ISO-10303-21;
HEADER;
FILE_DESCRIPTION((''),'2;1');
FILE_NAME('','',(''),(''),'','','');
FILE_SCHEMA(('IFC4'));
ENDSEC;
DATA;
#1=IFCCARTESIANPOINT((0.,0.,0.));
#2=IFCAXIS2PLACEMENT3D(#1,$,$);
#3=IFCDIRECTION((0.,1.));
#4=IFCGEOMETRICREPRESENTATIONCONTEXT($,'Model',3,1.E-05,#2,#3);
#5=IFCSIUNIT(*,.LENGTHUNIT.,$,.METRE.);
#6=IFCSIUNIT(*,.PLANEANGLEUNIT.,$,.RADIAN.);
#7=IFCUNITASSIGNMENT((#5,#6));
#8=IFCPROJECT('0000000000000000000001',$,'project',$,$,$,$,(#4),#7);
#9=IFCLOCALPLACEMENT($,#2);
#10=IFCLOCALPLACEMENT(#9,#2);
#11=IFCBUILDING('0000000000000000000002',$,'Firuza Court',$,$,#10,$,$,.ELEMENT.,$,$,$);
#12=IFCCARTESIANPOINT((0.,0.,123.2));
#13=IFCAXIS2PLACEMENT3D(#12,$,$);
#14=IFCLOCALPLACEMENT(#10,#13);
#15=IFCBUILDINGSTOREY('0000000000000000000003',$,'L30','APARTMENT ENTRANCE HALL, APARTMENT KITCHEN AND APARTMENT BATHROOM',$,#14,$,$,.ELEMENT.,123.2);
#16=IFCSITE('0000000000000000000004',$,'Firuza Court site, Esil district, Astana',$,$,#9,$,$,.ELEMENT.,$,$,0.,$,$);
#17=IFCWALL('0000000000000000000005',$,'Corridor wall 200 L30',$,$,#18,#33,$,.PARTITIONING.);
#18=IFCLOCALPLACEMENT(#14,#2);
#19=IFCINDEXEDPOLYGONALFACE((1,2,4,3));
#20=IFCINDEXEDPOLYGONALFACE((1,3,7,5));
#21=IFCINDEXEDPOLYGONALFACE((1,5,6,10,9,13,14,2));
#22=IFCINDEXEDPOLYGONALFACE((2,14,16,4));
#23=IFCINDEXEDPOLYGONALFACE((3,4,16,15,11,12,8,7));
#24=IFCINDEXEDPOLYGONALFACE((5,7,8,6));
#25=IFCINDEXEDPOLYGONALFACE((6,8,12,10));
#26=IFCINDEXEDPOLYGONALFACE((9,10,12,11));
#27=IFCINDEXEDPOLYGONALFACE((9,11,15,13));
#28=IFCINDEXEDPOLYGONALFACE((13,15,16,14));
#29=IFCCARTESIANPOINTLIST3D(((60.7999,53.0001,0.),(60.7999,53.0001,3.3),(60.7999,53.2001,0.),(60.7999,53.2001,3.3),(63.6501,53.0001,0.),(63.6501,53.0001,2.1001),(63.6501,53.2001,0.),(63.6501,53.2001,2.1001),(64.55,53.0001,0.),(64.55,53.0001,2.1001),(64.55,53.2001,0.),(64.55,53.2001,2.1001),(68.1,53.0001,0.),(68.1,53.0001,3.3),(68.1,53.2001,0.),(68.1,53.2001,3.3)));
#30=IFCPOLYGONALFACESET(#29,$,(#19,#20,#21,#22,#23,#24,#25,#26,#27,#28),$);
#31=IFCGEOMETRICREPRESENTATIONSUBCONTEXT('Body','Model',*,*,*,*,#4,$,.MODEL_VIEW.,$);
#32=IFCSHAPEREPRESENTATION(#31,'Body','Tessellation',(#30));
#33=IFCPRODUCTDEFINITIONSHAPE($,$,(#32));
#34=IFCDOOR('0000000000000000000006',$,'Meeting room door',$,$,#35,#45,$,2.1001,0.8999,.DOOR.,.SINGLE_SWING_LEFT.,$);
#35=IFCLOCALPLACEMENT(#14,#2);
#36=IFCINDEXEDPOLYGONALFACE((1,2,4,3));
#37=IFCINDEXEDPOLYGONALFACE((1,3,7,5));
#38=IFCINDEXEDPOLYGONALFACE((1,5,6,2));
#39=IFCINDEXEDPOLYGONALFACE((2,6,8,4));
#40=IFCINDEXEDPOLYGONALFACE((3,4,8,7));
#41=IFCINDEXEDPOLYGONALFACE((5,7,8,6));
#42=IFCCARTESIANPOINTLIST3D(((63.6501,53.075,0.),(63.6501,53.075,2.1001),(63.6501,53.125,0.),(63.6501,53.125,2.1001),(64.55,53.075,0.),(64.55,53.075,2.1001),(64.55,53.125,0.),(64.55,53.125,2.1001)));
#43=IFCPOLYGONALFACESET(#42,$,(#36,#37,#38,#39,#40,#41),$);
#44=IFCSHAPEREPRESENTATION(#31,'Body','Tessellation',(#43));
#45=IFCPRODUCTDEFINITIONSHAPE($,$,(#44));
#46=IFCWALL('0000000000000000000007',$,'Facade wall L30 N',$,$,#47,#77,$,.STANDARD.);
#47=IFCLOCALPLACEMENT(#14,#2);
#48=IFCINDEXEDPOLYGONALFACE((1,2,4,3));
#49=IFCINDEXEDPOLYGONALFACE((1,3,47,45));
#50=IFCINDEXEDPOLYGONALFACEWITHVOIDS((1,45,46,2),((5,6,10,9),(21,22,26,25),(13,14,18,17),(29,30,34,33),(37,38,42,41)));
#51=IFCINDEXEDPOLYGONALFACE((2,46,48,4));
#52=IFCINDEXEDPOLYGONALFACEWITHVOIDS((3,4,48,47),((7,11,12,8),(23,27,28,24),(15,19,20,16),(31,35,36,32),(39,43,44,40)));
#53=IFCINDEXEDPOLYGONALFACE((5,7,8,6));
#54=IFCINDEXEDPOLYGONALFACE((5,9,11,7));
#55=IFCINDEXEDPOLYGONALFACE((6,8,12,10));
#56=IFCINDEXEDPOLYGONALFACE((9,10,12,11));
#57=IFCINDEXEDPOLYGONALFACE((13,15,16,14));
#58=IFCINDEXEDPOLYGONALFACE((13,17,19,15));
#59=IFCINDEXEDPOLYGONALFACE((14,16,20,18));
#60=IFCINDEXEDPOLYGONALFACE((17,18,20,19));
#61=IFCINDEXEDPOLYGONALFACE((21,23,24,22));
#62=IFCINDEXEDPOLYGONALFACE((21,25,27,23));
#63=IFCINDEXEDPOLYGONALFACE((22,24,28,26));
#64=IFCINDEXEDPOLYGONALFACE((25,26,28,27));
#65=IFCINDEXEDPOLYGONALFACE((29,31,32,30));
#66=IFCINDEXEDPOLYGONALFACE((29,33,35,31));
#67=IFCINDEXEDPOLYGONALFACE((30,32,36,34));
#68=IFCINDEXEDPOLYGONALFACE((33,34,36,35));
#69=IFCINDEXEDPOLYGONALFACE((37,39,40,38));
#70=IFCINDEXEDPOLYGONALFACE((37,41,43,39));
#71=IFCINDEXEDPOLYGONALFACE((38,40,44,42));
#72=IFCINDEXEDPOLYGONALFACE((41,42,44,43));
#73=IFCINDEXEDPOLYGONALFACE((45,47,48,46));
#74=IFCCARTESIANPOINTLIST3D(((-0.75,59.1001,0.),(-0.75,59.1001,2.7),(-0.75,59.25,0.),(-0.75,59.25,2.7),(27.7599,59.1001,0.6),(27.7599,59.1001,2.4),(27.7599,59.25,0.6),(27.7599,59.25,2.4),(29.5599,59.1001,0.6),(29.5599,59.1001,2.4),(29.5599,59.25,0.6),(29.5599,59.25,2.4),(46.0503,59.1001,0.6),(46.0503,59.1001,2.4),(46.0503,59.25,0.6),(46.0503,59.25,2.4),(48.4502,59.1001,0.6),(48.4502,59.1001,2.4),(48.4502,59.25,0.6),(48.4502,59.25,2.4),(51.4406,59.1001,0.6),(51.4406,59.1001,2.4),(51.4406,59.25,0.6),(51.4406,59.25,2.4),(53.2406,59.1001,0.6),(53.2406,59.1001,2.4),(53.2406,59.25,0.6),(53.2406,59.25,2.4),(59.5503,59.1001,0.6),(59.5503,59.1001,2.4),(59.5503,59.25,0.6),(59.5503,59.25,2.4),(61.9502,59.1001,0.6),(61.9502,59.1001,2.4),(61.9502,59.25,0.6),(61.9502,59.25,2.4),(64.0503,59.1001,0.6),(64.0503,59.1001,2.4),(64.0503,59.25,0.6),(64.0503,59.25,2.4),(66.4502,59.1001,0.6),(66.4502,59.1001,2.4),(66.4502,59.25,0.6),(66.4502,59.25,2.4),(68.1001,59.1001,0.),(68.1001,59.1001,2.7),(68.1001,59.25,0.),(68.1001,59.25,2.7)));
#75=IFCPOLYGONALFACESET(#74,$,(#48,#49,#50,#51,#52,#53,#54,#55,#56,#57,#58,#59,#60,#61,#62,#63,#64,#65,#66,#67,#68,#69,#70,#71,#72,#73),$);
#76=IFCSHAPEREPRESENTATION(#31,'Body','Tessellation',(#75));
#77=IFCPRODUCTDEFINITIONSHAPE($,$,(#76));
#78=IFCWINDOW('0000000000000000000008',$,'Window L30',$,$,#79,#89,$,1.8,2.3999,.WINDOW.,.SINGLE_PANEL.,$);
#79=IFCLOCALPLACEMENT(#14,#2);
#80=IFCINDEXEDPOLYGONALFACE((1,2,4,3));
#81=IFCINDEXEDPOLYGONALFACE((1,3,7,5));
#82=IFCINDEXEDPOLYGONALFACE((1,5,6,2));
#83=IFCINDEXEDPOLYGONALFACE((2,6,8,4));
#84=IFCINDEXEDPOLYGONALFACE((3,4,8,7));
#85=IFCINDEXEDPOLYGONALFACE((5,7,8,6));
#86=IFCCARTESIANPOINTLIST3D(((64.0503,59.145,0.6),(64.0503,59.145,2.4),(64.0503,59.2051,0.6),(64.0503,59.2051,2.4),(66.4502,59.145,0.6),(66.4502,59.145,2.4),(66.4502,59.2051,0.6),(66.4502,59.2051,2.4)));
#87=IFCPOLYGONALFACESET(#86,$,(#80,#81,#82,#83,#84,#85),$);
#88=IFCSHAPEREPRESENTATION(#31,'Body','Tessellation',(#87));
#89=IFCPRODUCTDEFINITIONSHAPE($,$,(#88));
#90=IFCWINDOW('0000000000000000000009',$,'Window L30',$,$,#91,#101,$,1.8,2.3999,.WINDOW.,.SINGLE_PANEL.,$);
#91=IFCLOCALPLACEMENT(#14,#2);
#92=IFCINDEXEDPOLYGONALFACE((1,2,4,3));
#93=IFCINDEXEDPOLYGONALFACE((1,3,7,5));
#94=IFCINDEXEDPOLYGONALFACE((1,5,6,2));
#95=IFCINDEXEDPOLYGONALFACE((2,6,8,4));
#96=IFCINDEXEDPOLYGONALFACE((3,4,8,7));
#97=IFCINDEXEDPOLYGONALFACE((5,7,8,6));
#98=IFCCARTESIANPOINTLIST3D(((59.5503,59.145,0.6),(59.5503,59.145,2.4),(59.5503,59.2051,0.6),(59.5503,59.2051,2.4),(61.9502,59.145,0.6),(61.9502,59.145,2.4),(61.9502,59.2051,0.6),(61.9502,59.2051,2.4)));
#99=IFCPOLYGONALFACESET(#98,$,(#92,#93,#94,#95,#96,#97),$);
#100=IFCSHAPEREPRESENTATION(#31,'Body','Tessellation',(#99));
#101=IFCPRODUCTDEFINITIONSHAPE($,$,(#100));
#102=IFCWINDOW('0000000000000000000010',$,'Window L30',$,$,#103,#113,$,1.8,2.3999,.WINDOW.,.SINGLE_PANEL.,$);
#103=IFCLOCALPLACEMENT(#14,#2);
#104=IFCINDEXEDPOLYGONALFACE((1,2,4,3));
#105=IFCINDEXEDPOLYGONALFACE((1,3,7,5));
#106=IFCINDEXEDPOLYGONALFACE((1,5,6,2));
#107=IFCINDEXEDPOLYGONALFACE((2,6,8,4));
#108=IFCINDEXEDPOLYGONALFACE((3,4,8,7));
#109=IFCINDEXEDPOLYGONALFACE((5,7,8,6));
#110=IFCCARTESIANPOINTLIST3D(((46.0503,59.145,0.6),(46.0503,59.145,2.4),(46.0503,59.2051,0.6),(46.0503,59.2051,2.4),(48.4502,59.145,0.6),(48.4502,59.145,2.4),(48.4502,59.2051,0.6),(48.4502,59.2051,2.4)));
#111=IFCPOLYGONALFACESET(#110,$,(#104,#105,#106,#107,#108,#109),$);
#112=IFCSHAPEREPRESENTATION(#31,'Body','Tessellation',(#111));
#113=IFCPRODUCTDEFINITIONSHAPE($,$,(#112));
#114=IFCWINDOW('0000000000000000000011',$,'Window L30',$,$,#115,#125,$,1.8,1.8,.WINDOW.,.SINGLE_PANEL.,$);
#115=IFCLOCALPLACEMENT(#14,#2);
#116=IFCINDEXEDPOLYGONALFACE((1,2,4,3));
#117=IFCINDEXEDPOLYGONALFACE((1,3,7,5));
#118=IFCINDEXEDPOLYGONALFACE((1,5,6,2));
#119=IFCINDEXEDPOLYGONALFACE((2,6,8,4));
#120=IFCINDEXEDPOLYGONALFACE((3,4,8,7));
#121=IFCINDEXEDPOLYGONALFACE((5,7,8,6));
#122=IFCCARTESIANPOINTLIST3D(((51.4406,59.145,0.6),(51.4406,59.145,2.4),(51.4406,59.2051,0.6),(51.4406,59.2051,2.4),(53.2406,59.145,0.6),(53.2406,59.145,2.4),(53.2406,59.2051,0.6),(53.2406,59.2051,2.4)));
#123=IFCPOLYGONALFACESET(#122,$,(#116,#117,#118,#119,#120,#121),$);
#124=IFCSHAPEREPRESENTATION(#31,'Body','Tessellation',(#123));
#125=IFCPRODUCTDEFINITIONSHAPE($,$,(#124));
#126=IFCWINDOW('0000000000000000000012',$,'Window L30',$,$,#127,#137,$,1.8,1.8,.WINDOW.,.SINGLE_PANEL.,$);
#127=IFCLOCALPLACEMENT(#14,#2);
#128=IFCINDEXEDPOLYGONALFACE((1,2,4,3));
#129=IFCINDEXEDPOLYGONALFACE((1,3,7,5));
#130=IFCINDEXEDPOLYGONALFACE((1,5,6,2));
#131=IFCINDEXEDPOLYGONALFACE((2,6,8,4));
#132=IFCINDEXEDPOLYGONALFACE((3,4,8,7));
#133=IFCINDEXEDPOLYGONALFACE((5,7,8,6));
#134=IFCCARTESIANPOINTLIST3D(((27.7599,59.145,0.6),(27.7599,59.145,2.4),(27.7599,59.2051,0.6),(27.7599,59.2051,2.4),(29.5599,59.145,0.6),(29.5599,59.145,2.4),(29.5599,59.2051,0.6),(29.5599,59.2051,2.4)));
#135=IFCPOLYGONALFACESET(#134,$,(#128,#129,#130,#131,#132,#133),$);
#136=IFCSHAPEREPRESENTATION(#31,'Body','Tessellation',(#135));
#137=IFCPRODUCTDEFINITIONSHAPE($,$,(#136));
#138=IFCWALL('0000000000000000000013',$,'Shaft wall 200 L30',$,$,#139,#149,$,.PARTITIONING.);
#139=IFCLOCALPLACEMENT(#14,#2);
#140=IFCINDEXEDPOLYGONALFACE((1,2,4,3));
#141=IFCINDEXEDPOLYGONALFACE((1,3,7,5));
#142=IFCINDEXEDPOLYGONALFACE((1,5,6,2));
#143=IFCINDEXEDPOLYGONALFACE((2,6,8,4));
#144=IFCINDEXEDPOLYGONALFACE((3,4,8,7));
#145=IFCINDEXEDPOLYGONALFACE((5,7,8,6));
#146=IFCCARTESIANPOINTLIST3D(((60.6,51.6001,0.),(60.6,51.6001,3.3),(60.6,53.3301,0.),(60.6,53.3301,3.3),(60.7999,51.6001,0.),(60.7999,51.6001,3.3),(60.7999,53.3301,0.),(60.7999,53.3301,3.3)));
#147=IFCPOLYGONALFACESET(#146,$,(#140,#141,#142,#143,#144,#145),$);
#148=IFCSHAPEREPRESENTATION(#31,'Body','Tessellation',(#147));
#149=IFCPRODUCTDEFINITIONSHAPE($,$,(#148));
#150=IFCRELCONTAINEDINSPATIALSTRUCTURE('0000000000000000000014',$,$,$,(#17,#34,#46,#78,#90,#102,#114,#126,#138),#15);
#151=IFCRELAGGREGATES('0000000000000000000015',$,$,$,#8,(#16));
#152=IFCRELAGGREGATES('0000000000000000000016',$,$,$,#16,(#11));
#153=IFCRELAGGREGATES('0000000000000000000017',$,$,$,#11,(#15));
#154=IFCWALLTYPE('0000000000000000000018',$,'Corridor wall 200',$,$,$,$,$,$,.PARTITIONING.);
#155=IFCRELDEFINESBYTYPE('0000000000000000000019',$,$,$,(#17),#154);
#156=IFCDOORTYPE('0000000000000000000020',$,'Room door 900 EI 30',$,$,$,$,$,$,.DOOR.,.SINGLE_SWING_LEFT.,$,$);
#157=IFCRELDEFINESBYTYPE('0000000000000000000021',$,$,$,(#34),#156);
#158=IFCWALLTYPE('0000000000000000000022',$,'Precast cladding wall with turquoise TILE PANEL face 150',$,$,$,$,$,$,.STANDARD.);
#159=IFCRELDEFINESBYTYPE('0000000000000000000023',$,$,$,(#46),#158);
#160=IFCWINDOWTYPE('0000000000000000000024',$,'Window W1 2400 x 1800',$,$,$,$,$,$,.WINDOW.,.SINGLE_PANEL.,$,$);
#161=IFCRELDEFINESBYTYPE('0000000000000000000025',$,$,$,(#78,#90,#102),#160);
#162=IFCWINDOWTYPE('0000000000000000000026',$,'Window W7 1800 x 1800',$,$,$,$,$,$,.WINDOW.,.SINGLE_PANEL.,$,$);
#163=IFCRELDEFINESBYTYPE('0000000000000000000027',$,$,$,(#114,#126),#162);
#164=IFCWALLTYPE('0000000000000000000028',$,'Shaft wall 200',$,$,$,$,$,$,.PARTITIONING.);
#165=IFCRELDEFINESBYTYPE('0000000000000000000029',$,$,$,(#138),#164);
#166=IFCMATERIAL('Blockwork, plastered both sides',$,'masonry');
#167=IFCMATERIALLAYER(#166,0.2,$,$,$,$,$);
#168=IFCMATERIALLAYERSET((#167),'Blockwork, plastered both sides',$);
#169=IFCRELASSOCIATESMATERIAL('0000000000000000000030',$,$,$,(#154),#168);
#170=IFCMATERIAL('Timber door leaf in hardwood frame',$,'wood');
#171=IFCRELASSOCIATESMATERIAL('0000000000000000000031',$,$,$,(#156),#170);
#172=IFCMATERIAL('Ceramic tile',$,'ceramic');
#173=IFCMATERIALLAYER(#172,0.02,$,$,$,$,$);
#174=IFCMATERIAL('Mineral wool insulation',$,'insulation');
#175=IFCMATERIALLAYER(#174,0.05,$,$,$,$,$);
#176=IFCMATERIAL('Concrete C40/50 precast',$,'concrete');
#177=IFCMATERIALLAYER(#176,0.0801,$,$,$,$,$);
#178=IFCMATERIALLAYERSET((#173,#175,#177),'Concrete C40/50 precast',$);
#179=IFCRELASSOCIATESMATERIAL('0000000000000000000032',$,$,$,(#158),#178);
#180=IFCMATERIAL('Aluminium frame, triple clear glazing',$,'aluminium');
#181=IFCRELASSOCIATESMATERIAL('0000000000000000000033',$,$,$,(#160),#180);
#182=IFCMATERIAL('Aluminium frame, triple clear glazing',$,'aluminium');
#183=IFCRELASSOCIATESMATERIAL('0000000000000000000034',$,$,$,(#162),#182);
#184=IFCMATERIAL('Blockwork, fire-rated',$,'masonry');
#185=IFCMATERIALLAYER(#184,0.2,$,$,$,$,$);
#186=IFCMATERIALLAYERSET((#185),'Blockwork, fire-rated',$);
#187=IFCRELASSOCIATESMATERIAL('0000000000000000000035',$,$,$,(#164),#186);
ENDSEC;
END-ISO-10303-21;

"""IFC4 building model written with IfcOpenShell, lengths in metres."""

from ifc_helpers import new_model, si_unit, direction, frame, frame_2d, origin, place, context, subcontext, project, spatial, rectangle, extrude, material, layer, layer_set, type_object, element, fill, save


model = new_model("IFC4")

# Units and contexts
model_context = context("Model", 3, precision=1e-05, world=origin(), true_north=direction((0.0, 1.0)))
body_context = subcontext(model_context, "Body", "Model", "MODEL_VIEW")
ifc_project = project(units=[si_unit("LENGTHUNIT", "METRE"), si_unit("PLANEANGLEUNIT", "RADIAN")], contexts=[model_context])

# Site, building, storey
site_placement = place(None, origin())
site = spatial("IfcSite", under=ifc_project, at=site_placement, Name="Firuza Court site, Esil district, Astana", CompositionType="ELEMENT", RefElevation=0.0)
building_placement = place(site_placement, origin())
building = spatial("IfcBuilding", under=site, at=building_placement, Name="Firuza Court", CompositionType="ELEMENT")
storey_placement = place(building_placement, frame((0.0, 0.0, 123.2)))
storey = spatial("IfcBuildingStorey", under=building, at=storey_placement, Name="L30", Description="APARTMENT ENTRANCE HALL, APARTMENT KITCHEN AND APARTMENT BATHROOM", CompositionType="ELEMENT", Elevation=123.2)

# Wall, opening, door
ifc_material_1 = material(Name="Blockwork, plastered both sides", Category="masonry")
ifc_layer_1 = layer(ifc_material_1, 0.2)
ifc_layer_set_1 = layer_set([ifc_layer_1], Name="Blockwork, plastered both sides")
wall_type_1 = type_object("IfcWallType", Name="Corridor wall 200", PredefinedType="PARTITIONING", material=ifc_layer_set_1)
wall_1_placement = place(storey_placement, frame((60.8, 53.1001, 0.0), z_axis=(0.0, 0.0, 1.0), x_axis=(1.0, 0.0, 0.0)))
wall_1 = element("IfcWall", 1, at=wall_1_placement, inside=storey, type_object=wall_type_1, Name="Corridor wall 200 L30", PredefinedType="PARTITIONING", context=body_context, shape_type="SweptSolid", body=[
    extrude(rectangle(XDim=7.3, YDim=0.2, at=frame_2d((3.6499, 0.0))), origin(), (0.0, 0.0, 1.0), 3.3),
])
opening_1_placement = place(wall_1_placement, frame((2.8501, 0.0, 0.0)))
opening_1 = element("IfcOpeningElement", 2, at=opening_1_placement, cuts=wall_1, PredefinedType="OPENING", context=body_context, shape_type="SweptSolid", body=[
    extrude(rectangle(XDim=0.8999, YDim=2.1001, at=frame_2d((0.45, 1.05))), frame((0.0, 0.1118, 0.0), z_axis=(0.0, -1.0, 0.0), x_axis=(1.0, 0.0, 0.0)), (0.0, 0.0, 1.0), 0.2239),
])
ifc_material_2 = material(Name="Timber door leaf in hardwood frame", Category="wood")
door_type_1 = type_object("IfcDoorType", Name="Room door 900 EI 30", OperationType="SINGLE_SWING_LEFT", PredefinedType="DOOR", material=ifc_material_2)
door_1_placement = place(opening_1_placement, origin())
door_1 = element("IfcDoor", 3, at=door_1_placement, inside=storey, type_object=door_type_1, Name="Meeting room door", OperationType="SINGLE_SWING_LEFT", OverallHeight=2.1001, OverallWidth=0.8999, PredefinedType="DOOR", context=body_context, shape_type="SweptSolid", body=[
    extrude(rectangle(XDim=0.8999, YDim=2.1001, at=frame_2d((0.45, 1.05))), frame((0.0, 0.0249, 0.0), z_axis=(0.0, -1.0, 0.0), x_axis=(1.0, 0.0, 0.0)), (0.0, 0.0, 1.0), 0.05),
])
fill(opening_1, door_1)

# Wall, openings, windows
ifc_material_3 = material(Name="Ceramic tile", Category="ceramic")
ifc_layer_2 = layer(ifc_material_3, 0.02)
ifc_material_4 = material(Name="Mineral wool insulation", Category="insulation")
ifc_layer_3 = layer(ifc_material_4, 0.05)
ifc_material_5 = material(Name="Concrete C40/50 precast", Category="concrete")
ifc_layer_4 = layer(ifc_material_5, 0.0801)
ifc_layer_set_2 = layer_set([ifc_layer_2, ifc_layer_3, ifc_layer_4], Name="Concrete C40/50 precast")
wall_type_2 = type_object("IfcWallType", Name="Precast cladding wall with turquoise TILE PANEL face 150", PredefinedType="STANDARD", material=ifc_layer_set_2)
wall_2_placement = place(storey_placement, frame((68.1001, 59.175, 0.0), z_axis=(0.0, 0.0, 1.0), x_axis=(-1.0, 0.0, 0.0)))
wall_2 = element("IfcWall", 4, at=wall_2_placement, inside=storey, type_object=wall_type_2, Name="Facade wall L30 N", PredefinedType="STANDARD", context=body_context, shape_type="SweptSolid", body=[
    extrude(rectangle(XDim=68.8501, YDim=0.1499, at=frame_2d((34.425, 0.0))), origin(), (0.0, 0.0, 1.0), 2.7),
])
opening_2_placement = place(wall_2_placement, frame((1.6499, 0.0, 0.6001)))
opening_2 = element("IfcOpeningElement", 5, at=opening_2_placement, cuts=wall_2, PredefinedType="OPENING", context=body_context, shape_type="SweptSolid", body=[
    extrude(rectangle(XDim=2.3999, YDim=1.8, at=frame_2d((1.2, 0.8999))), frame((0.0, 0.0869, 0.0), z_axis=(0.0, -1.0, 0.0), x_axis=(1.0, 0.0, 0.0)), (0.0, 0.0, 1.0), 0.1738),
])
opening_3_placement = place(wall_2_placement, frame((6.1499, 0.0, 0.6001)))
opening_3 = element("IfcOpeningElement", 6, at=opening_3_placement, cuts=wall_2, PredefinedType="OPENING", context=body_context, shape_type="SweptSolid", body=[
    extrude(rectangle(XDim=2.3999, YDim=1.8, at=frame_2d((1.2, 0.8999))), frame((0.0, 0.0869, 0.0), z_axis=(0.0, -1.0, 0.0), x_axis=(1.0, 0.0, 0.0)), (0.0, 0.0, 1.0), 0.1738),
])
opening_4_placement = place(wall_2_placement, frame((14.8596, 0.0, 0.6001)))
opening_4 = element("IfcOpeningElement", 7, at=opening_4_placement, cuts=wall_2, PredefinedType="OPENING", context=body_context, shape_type="SweptSolid", body=[
    extrude(rectangle(XDim=1.8, YDim=1.8, at=frame_2d((0.8999, 0.8999))), frame((0.0, 0.0869, 0.0), z_axis=(0.0, -1.0, 0.0), x_axis=(1.0, 0.0, 0.0)), (0.0, 0.0, 1.0), 0.1738),
])
opening_5_placement = place(wall_2_placement, frame((19.6499, 0.0, 0.6001)))
opening_5 = element("IfcOpeningElement", 8, at=opening_5_placement, cuts=wall_2, PredefinedType="OPENING", context=body_context, shape_type="SweptSolid", body=[
    extrude(rectangle(XDim=2.3999, YDim=1.8, at=frame_2d((1.2, 0.8999))), frame((0.0, 0.0869, 0.0), z_axis=(0.0, -1.0, 0.0), x_axis=(1.0, 0.0, 0.0)), (0.0, 0.0, 1.0), 0.1738),
])
opening_6_placement = place(wall_2_placement, frame((38.5403, 0.0, 0.6001)))
opening_6 = element("IfcOpeningElement", 9, at=opening_6_placement, cuts=wall_2, PredefinedType="OPENING", context=body_context, shape_type="SweptSolid", body=[
    extrude(rectangle(XDim=1.8, YDim=1.8, at=frame_2d((0.8999, 0.8999))), frame((0.0, 0.0869, 0.0), z_axis=(0.0, -1.0, 0.0), x_axis=(1.0, 0.0, 0.0)), (0.0, 0.0, 1.0), 0.1738),
])
ifc_material_6 = material(Name="Aluminium frame, triple clear glazing", Category="aluminium")
window_type_1 = type_object("IfcWindowType", Name="Window W1 2400 x 1800", PartitioningType="SINGLE_PANEL", PredefinedType="WINDOW", material=ifc_material_6)
window_1_placement = place(opening_2_placement, origin())
window_1 = element("IfcWindow", 10, at=window_1_placement, inside=storey, type_object=window_type_1, Name="Window L30", OverallHeight=1.8, OverallWidth=2.3999, PartitioningType="SINGLE_PANEL", PredefinedType="WINDOW", context=body_context, shape_type="SweptSolid", body=[
    extrude(rectangle(XDim=2.3999, YDim=1.8, at=frame_2d((1.2, 0.8999))), frame((0.0, 0.03, 0.0), z_axis=(0.0, -1.0, 0.0), x_axis=(1.0, 0.0, 0.0)), (0.0, 0.0, 1.0), 0.0601),
])
fill(opening_2, window_1)
window_2_placement = place(opening_3_placement, origin())
window_2 = element("IfcWindow", 11, at=window_2_placement, inside=storey, type_object=window_type_1, Name="Window L30", OverallHeight=1.8, OverallWidth=2.3999, PartitioningType="SINGLE_PANEL", PredefinedType="WINDOW", context=body_context, shape_type="SweptSolid", body=[
    extrude(rectangle(XDim=2.3999, YDim=1.8, at=frame_2d((1.2, 0.8999))), frame((0.0, 0.03, 0.0), z_axis=(0.0, -1.0, 0.0), x_axis=(1.0, 0.0, 0.0)), (0.0, 0.0, 1.0), 0.0601),
])
fill(opening_3, window_2)
window_3_placement = place(opening_5_placement, origin())
window_3 = element("IfcWindow", 12, at=window_3_placement, inside=storey, type_object=window_type_1, Name="Window L30", OverallHeight=1.8, OverallWidth=2.3999, PartitioningType="SINGLE_PANEL", PredefinedType="WINDOW", context=body_context, shape_type="SweptSolid", body=[
    extrude(rectangle(XDim=2.3999, YDim=1.8, at=frame_2d((1.2, 0.8999))), frame((0.0, 0.03, 0.0), z_axis=(0.0, -1.0, 0.0), x_axis=(1.0, 0.0, 0.0)), (0.0, 0.0, 1.0), 0.0601),
])
fill(opening_5, window_3)
ifc_material_7 = material(Name="Aluminium frame, triple clear glazing", Category="aluminium")
window_type_2 = type_object("IfcWindowType", Name="Window W7 1800 x 1800", PartitioningType="SINGLE_PANEL", PredefinedType="WINDOW", material=ifc_material_7)
window_4_placement = place(opening_4_placement, origin())
window_4 = element("IfcWindow", 13, at=window_4_placement, inside=storey, type_object=window_type_2, Name="Window L30", OverallHeight=1.8, OverallWidth=1.8, PartitioningType="SINGLE_PANEL", PredefinedType="WINDOW", context=body_context, shape_type="SweptSolid", body=[
    extrude(rectangle(XDim=1.8, YDim=1.8, at=frame_2d((0.8999, 0.8999))), frame((0.0, 0.03, 0.0), z_axis=(0.0, -1.0, 0.0), x_axis=(1.0, 0.0, 0.0)), (0.0, 0.0, 1.0), 0.0601),
])
fill(opening_4, window_4)
window_5_placement = place(opening_6_placement, origin())
window_5 = element("IfcWindow", 14, at=window_5_placement, inside=storey, type_object=window_type_2, Name="Window L30", OverallHeight=1.8, OverallWidth=1.8, PartitioningType="SINGLE_PANEL", PredefinedType="WINDOW", context=body_context, shape_type="SweptSolid", body=[
    extrude(rectangle(XDim=1.8, YDim=1.8, at=frame_2d((0.8999, 0.8999))), frame((0.0, 0.03, 0.0), z_axis=(0.0, -1.0, 0.0), x_axis=(1.0, 0.0, 0.0)), (0.0, 0.0, 1.0), 0.0601),
])
fill(opening_6, window_5)

# Wall
ifc_material_8 = material(Name="Blockwork, fire-rated", Category="masonry")
ifc_layer_5 = layer(ifc_material_8, 0.2)
ifc_layer_set_3 = layer_set([ifc_layer_5], Name="Blockwork, fire-rated")
wall_type_3 = type_object("IfcWallType", Name="Shaft wall 200", PredefinedType="PARTITIONING", material=ifc_layer_set_3)
wall_3_placement = place(storey_placement, frame((60.7, 51.6001, 0.0), z_axis=(0.0, 0.0, 1.0), x_axis=(0.0, 1.0, 0.0)))
element("IfcWall", 15, at=wall_3_placement, inside=storey, type_object=wall_type_3, Name="Shaft wall 200 L30", PredefinedType="PARTITIONING", context=body_context, shape_type="SweptSolid", body=[
    extrude(rectangle(XDim=1.73, YDim=0.2, at=frame_2d((0.865, 0.0))), origin(), (0.0, 0.0, 1.0), 3.3),
])

save(model, "model.ifc")
